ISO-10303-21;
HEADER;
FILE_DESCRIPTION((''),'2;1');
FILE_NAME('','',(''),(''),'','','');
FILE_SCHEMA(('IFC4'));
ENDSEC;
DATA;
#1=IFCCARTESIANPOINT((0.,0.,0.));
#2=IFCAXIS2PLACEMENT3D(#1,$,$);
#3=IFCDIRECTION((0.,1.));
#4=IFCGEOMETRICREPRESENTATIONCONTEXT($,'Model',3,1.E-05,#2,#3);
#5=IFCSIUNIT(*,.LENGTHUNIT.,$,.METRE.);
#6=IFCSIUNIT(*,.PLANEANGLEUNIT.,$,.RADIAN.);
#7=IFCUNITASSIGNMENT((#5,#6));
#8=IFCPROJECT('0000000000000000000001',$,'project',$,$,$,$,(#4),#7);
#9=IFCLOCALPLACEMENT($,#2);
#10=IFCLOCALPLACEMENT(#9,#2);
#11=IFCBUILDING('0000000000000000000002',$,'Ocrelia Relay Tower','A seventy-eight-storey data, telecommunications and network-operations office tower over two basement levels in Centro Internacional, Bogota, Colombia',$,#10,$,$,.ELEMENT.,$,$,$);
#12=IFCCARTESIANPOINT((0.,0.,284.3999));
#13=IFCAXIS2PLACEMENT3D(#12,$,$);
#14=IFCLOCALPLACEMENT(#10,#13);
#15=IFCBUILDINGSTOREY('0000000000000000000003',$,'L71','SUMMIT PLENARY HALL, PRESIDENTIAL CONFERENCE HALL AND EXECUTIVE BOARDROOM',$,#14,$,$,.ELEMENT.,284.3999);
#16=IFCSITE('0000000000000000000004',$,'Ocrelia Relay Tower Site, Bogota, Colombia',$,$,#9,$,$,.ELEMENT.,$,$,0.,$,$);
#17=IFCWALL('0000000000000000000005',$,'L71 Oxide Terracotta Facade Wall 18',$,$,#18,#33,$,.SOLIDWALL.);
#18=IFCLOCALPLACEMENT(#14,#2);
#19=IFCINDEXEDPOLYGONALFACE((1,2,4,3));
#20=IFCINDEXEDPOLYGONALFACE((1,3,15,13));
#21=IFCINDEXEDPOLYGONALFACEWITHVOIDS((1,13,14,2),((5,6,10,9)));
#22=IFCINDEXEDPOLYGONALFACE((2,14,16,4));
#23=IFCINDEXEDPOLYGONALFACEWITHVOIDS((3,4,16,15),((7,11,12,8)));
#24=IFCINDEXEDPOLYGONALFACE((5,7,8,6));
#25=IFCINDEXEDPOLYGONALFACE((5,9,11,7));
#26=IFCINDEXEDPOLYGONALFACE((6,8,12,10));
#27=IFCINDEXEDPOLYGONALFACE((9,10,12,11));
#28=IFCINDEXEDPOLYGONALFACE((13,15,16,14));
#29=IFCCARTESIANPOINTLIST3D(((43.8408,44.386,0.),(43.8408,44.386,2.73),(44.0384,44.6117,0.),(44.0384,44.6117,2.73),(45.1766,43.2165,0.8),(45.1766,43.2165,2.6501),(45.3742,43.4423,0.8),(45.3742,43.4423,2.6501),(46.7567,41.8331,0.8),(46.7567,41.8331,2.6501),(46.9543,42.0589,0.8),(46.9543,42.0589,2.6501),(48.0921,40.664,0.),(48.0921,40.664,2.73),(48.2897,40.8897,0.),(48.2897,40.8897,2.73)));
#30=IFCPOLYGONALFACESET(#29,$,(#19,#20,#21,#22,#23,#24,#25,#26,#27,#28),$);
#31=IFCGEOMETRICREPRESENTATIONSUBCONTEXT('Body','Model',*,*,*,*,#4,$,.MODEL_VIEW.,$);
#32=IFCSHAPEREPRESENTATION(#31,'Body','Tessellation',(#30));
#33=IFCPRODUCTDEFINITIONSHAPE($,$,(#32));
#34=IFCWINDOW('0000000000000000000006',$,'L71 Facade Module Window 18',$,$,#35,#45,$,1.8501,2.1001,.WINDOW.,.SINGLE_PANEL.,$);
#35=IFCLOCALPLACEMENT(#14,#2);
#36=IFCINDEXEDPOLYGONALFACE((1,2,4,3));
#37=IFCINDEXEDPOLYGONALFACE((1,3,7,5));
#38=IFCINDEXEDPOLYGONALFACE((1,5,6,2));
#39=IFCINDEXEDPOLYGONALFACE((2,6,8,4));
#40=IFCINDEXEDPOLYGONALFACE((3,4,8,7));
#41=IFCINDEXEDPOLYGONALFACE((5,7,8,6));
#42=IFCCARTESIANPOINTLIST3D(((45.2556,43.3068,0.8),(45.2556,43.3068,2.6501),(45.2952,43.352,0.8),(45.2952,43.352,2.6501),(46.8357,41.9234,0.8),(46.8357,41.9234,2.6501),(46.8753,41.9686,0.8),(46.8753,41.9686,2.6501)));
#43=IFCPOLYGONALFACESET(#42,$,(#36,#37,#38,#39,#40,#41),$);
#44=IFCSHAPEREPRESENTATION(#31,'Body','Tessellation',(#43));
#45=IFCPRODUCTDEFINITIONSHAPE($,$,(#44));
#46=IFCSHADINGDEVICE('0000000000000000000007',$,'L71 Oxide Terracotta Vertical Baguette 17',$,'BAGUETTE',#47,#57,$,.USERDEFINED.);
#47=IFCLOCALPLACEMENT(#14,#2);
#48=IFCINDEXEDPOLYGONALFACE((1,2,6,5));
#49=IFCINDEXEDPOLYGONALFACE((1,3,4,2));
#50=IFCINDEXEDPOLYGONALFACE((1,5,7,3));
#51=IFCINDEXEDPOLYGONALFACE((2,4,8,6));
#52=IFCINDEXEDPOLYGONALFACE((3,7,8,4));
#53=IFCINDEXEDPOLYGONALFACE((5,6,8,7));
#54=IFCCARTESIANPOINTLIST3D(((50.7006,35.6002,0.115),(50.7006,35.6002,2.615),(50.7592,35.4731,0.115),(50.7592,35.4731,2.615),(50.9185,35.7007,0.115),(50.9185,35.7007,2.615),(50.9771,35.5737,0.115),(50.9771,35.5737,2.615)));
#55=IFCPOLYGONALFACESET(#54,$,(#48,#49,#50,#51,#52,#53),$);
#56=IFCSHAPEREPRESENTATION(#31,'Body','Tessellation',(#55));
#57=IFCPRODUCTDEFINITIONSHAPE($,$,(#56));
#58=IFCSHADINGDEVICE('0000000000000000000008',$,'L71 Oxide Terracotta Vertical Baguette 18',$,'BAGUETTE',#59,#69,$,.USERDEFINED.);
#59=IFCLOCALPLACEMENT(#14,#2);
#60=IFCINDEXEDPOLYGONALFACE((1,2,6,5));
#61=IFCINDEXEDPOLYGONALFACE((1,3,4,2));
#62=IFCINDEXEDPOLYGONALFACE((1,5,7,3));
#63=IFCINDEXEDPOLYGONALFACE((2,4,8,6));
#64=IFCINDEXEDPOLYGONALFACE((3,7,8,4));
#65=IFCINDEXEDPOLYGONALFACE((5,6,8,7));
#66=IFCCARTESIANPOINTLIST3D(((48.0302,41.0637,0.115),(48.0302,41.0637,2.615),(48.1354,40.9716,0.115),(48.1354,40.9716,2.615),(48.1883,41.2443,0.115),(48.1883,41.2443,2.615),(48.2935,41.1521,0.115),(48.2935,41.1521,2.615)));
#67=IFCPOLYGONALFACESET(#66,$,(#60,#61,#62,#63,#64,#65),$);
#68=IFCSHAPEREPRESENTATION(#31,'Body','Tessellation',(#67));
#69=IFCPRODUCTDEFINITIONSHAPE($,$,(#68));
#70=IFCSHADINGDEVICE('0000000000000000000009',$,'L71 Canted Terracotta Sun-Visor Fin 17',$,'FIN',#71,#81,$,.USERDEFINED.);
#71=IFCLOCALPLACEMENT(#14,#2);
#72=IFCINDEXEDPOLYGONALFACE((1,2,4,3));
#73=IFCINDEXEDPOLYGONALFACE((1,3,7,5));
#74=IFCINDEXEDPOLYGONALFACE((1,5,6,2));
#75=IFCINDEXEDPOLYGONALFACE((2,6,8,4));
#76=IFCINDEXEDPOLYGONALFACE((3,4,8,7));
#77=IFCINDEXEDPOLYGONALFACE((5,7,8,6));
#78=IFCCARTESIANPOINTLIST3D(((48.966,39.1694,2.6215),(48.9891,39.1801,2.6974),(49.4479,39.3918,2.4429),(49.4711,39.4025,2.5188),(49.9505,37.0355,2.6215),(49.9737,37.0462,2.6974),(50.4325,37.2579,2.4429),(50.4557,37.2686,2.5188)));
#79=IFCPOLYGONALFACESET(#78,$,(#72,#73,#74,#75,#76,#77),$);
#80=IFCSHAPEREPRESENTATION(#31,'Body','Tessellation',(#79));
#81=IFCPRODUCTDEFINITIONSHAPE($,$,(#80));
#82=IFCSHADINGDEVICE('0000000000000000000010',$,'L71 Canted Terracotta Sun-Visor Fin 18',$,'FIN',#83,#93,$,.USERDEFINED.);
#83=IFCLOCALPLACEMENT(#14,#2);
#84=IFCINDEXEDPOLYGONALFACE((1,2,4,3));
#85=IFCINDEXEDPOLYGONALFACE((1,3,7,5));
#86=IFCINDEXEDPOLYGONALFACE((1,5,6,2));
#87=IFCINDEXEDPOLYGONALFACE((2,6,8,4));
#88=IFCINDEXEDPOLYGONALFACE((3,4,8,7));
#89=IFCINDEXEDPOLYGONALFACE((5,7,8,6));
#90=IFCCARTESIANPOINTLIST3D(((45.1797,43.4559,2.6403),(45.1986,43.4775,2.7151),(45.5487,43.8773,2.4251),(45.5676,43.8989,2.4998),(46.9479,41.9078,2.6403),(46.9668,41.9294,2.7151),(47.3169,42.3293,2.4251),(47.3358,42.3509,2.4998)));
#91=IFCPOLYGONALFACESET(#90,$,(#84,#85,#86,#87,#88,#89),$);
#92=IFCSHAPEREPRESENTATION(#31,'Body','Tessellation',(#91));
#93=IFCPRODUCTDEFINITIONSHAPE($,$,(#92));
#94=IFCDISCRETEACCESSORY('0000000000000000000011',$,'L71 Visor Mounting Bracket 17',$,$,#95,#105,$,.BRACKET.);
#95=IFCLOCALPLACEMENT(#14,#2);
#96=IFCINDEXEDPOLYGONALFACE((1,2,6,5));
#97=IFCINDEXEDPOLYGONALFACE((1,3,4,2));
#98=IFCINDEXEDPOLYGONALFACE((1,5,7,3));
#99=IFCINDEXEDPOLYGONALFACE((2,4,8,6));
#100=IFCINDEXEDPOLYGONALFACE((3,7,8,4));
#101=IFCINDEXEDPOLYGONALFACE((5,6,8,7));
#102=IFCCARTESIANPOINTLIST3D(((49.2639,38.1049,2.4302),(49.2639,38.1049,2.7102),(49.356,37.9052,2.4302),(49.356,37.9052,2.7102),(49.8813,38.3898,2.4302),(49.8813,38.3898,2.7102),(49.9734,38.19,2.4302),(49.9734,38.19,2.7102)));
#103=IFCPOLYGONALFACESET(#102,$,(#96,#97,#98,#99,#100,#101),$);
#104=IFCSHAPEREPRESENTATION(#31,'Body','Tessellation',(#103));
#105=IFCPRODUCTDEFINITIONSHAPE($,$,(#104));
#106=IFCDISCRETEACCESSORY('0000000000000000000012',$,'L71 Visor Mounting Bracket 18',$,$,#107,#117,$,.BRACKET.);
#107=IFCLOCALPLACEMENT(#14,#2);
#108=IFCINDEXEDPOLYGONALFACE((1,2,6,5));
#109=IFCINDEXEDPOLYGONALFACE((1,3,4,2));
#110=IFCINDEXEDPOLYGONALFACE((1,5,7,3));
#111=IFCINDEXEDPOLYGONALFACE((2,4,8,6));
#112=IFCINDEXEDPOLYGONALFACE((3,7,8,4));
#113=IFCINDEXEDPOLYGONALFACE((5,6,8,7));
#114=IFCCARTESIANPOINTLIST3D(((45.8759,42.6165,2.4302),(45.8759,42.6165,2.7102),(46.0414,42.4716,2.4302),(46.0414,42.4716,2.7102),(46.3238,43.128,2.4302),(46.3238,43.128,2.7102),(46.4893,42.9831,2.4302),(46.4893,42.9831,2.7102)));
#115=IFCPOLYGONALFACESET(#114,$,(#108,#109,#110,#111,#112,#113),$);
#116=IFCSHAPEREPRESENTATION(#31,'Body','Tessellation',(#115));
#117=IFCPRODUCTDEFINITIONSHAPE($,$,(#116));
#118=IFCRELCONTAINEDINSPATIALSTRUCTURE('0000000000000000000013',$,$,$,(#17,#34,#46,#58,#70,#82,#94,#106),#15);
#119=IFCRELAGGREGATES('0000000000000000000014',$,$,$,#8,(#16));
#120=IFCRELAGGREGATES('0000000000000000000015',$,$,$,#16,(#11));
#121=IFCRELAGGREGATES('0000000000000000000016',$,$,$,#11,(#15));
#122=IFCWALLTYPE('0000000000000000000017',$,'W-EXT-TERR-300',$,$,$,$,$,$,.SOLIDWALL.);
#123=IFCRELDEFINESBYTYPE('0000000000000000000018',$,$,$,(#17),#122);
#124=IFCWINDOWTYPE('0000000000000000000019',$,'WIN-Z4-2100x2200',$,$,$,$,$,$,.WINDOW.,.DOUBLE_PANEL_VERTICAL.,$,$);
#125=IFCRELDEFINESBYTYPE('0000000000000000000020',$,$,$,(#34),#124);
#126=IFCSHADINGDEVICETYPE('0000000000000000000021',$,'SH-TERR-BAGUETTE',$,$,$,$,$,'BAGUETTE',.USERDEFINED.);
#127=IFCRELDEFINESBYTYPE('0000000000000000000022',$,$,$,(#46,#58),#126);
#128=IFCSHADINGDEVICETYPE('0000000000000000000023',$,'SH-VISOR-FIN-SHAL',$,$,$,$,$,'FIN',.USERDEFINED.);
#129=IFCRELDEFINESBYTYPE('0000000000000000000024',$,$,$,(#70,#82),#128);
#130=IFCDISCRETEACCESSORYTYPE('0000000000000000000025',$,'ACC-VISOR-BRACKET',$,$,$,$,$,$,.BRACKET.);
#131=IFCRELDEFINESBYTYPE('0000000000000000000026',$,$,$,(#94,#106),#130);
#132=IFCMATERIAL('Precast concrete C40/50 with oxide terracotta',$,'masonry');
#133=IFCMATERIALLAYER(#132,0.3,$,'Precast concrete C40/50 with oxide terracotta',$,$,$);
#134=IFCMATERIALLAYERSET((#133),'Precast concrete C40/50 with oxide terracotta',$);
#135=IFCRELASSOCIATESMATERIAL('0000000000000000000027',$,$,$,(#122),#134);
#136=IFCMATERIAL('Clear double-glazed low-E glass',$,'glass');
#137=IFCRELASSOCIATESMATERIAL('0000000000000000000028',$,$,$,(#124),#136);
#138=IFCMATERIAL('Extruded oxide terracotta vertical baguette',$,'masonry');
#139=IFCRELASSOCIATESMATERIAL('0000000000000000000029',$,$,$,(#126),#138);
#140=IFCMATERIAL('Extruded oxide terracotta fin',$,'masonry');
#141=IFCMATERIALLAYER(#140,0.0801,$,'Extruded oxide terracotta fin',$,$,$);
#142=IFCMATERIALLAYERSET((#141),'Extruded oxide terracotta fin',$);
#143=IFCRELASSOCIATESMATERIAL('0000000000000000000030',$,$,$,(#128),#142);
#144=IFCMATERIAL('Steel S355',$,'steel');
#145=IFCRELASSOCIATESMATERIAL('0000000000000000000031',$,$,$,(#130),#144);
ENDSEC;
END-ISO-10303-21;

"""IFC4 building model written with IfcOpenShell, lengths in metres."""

from ifc_helpers import new_model, si_unit, direction, frame, frame_2d, origin, origin_2d, place, context, subcontext, project, spatial, rectangle, extrude, material, layer, layer_set, type_object, element, fill, save


model = new_model("IFC4")

# Units and contexts
model_context = context("Model", 3, precision=1e-05, world=origin(), true_north=direction((0.0, 1.0)))
body_context = subcontext(model_context, "Body", "Model", "MODEL_VIEW")
ifc_project = project(units=[si_unit("LENGTHUNIT", "METRE"), si_unit("PLANEANGLEUNIT", "RADIAN")], contexts=[model_context])

# Site, building, storey
site_placement = place(None, origin())
site = spatial("IfcSite", under=ifc_project, at=site_placement, Name="Ocrelia Relay Tower Site, Bogota, Colombia", CompositionType="ELEMENT", RefElevation=0.0)
building_placement = place(site_placement, origin())
building = spatial("IfcBuilding", under=site, at=building_placement, Name="Ocrelia Relay Tower", Description="A seventy-eight-storey data, telecommunications and network-operations office tower over two basement levels in Centro Internacional, Bogota, Colombia", CompositionType="ELEMENT")
storey_placement = place(building_placement, frame((0.0, 0.0, 284.3999)))
storey = spatial("IfcBuildingStorey", under=building, at=storey_placement, Name="L71", Description="SUMMIT PLENARY HALL, PRESIDENTIAL CONFERENCE HALL AND EXECUTIVE BOARDROOM", CompositionType="ELEMENT", Elevation=284.3999)

# Shared definitions
ifc_material_1 = material(Name="Steel S355", Category="steel")

# Shared definitions
ifc_material_2 = material(Name="Clear double-glazed low-E glass", Category="glass")

# Wall, opening, window
ifc_material_3 = material(Name="Precast concrete C40/50 with oxide terracotta", Category="masonry")
ifc_layer_1 = layer(ifc_material_3, 0.3, Name="Precast concrete C40/50 with oxide terracotta")
ifc_layer_set_1 = layer_set([ifc_layer_1], Name="Precast concrete C40/50 with oxide terracotta")
wall_type = type_object("IfcWallType", Name="W-EXT-TERR-300", PredefinedType="SOLIDWALL", material=ifc_layer_set_1)
window_type = type_object("IfcWindowType", Name="WIN-Z4-2100x2200", PartitioningType="DOUBLE_PANEL_VERTICAL", PredefinedType="WINDOW", material=ifc_material_2)
wall_1_placement = place(storey_placement, frame((48.1909, 40.7769, 0.0), z_axis=(0.0, 0.0, 1.0), x_axis=(-0.752392, 0.658716, 0.0)))
wall_1 = element("IfcWall", 1, at=wall_1_placement, inside=storey, type_object=wall_type, Name="L71 Oxide Terracotta Facade Wall 18", PredefinedType="SOLIDWALL", context=body_context, shape_type="SweptSolid", body=[
    extrude(rectangle(XDim=5.6504, YDim=0.3, at=frame_2d((2.8252, 0.0))), origin(), (0.0, 0.0, 1.0), 2.73),
])
opening_1_placement = place(wall_1_placement, frame((1.7749, 0.0, 0.8)))
opening_1 = element("IfcOpeningElement", 2, at=opening_1_placement, cuts=wall_1, PredefinedType="OPENING", context=body_context, shape_type="SweptSolid", body=[
    extrude(rectangle(XDim=2.1001, YDim=1.8501, at=frame_2d((1.05, 0.925))), frame((0.0, 0.1602, 0.0), z_axis=(0.0, -1.0, 0.0), x_axis=(1.0, 0.0, 0.0)), (0.0, 0.0, 1.0), 0.3201),
])
window_1_placement = place(opening_1_placement, origin())
window_1 = element("IfcWindow", 3, at=window_1_placement, inside=storey, type_object=window_type, Name="L71 Facade Module Window 18", OverallHeight=1.8501, OverallWidth=2.1001, PartitioningType="SINGLE_PANEL", PredefinedType="WINDOW", context=body_context, shape_type="SweptSolid", body=[
    extrude(rectangle(XDim=2.1001, YDim=1.8501, at=frame_2d((1.05, 0.925))), frame((0.0, 0.03, 0.0), z_axis=(0.0, -1.0, 0.0), x_axis=(1.0, 0.0, 0.0)), (0.0, 0.0, 1.0), 0.0601),
])
fill(opening_1, window_1)

# Shading devices
ifc_material_4 = material(Name="Extruded oxide terracotta vertical baguette", Category="masonry")
shading_device_type_1 = type_object("IfcShadingDeviceType", Name="SH-TERR-BAGUETTE", ElementType="BAGUETTE", PredefinedType="USERDEFINED", material=ifc_material_4)
for number, where, z_axis, x_axis, name in (
    (4, (50.8389, 35.5869, 0.115), (0.0, 0.0, 1.0), (-0.418943, 0.908012, 0.0), "L71 Oxide Terracotta Vertical Baguette 17"),
    (5, (48.1619, 41.1079, 0.115), (0.0, 0.0, 1.0), (-0.752392, 0.658715, 0.0), "L71 Oxide Terracotta Vertical Baguette 18"),
):
    element("IfcShadingDevice", number, at=place(storey_placement, frame(where, z_axis=z_axis, x_axis=x_axis)), inside=storey, type_object=shading_device_type_1, Name=name, ObjectType="BAGUETTE", PredefinedType="USERDEFINED", context=body_context, shape_type="SweptSolid", body=[
        extrude(rectangle(XDim=0.1399, YDim=0.24, at=origin_2d()), origin(), (0.0, 0.0, 1.0), 2.5),
    ])
ifc_material_5 = material(Name="Extruded oxide terracotta fin", Category="masonry")
ifc_layer_2 = layer(ifc_material_5, 0.0801, Name="Extruded oxide terracotta fin")
ifc_layer_set_2 = layer_set([ifc_layer_2], Name="Extruded oxide terracotta fin")
shading_device_type_2 = type_object("IfcShadingDeviceType", Name="SH-VISOR-FIN-SHAL", ElementType="FIN", PredefinedType="USERDEFINED", material=ifc_layer_set_2)
shading_device_1_placement = place(storey_placement, frame((49.6992, 38.2136, 2.5322), z_axis=(0.289619, 0.133626, 0.947768), x_axis=(-0.418943, 0.908012, 0.0)))
element("IfcShadingDevice", 6, at=shading_device_1_placement, inside=storey, type_object=shading_device_type_2, Name="L71 Canted Terracotta Sun-Visor Fin 17", ObjectType="FIN", PredefinedType="USERDEFINED", context=body_context, shape_type="SweptSolid", body=[
    extrude(rectangle(XDim=2.3501, YDim=0.5601, at=origin_2d()), origin(), (0.0, 0.0, 1.0), 0.0801),
])
shading_device_2_placement = place(storey_placement, frame((46.2483, 42.8926, 2.5327), z_axis=(0.236277, 0.269879, 0.933455), x_axis=(-0.752392, 0.658715, 0.0)))
element("IfcShadingDevice", 7, at=shading_device_2_placement, inside=storey, type_object=shading_device_type_2, Name="L71 Canted Terracotta Sun-Visor Fin 18", ObjectType="FIN", PredefinedType="USERDEFINED", context=body_context, shape_type="SweptSolid", body=[
    extrude(rectangle(XDim=2.3501, YDim=0.6001, at=origin_2d()), origin(), (0.0, 0.0, 1.0), 0.0801),
])

# Discrete accessories
discrete_accessory_type = type_object("IfcDiscreteAccessoryType", Name="ACC-VISOR-BRACKET", PredefinedType="BRACKET", material=ifc_material_1)
for number, where, z_axis, x_axis, name in (
    (8, (49.6187, 38.1475, 2.4302), (0.0, 0.0, 1.0), (-0.418943, 0.908012, 0.0), "L71 Visor Mounting Bracket 17"),
    (9, (46.1826, 42.7998, 2.4302), (0.0, 0.0, 1.0), (-0.752392, 0.658715, 0.0), "L71 Visor Mounting Bracket 18"),
):
    element("IfcDiscreteAccessory", number, at=place(storey_placement, frame(where, z_axis=z_axis, x_axis=x_axis)), inside=storey, type_object=discrete_accessory_type, Name=name, PredefinedType="BRACKET", context=body_context, shape_type="SweptSolid", body=[
        extrude(rectangle(XDim=0.22, YDim=0.6799, at=origin_2d()), origin(), (0.0, 0.0, 1.0), 0.28),
    ])

save(model, "model.ifc")
